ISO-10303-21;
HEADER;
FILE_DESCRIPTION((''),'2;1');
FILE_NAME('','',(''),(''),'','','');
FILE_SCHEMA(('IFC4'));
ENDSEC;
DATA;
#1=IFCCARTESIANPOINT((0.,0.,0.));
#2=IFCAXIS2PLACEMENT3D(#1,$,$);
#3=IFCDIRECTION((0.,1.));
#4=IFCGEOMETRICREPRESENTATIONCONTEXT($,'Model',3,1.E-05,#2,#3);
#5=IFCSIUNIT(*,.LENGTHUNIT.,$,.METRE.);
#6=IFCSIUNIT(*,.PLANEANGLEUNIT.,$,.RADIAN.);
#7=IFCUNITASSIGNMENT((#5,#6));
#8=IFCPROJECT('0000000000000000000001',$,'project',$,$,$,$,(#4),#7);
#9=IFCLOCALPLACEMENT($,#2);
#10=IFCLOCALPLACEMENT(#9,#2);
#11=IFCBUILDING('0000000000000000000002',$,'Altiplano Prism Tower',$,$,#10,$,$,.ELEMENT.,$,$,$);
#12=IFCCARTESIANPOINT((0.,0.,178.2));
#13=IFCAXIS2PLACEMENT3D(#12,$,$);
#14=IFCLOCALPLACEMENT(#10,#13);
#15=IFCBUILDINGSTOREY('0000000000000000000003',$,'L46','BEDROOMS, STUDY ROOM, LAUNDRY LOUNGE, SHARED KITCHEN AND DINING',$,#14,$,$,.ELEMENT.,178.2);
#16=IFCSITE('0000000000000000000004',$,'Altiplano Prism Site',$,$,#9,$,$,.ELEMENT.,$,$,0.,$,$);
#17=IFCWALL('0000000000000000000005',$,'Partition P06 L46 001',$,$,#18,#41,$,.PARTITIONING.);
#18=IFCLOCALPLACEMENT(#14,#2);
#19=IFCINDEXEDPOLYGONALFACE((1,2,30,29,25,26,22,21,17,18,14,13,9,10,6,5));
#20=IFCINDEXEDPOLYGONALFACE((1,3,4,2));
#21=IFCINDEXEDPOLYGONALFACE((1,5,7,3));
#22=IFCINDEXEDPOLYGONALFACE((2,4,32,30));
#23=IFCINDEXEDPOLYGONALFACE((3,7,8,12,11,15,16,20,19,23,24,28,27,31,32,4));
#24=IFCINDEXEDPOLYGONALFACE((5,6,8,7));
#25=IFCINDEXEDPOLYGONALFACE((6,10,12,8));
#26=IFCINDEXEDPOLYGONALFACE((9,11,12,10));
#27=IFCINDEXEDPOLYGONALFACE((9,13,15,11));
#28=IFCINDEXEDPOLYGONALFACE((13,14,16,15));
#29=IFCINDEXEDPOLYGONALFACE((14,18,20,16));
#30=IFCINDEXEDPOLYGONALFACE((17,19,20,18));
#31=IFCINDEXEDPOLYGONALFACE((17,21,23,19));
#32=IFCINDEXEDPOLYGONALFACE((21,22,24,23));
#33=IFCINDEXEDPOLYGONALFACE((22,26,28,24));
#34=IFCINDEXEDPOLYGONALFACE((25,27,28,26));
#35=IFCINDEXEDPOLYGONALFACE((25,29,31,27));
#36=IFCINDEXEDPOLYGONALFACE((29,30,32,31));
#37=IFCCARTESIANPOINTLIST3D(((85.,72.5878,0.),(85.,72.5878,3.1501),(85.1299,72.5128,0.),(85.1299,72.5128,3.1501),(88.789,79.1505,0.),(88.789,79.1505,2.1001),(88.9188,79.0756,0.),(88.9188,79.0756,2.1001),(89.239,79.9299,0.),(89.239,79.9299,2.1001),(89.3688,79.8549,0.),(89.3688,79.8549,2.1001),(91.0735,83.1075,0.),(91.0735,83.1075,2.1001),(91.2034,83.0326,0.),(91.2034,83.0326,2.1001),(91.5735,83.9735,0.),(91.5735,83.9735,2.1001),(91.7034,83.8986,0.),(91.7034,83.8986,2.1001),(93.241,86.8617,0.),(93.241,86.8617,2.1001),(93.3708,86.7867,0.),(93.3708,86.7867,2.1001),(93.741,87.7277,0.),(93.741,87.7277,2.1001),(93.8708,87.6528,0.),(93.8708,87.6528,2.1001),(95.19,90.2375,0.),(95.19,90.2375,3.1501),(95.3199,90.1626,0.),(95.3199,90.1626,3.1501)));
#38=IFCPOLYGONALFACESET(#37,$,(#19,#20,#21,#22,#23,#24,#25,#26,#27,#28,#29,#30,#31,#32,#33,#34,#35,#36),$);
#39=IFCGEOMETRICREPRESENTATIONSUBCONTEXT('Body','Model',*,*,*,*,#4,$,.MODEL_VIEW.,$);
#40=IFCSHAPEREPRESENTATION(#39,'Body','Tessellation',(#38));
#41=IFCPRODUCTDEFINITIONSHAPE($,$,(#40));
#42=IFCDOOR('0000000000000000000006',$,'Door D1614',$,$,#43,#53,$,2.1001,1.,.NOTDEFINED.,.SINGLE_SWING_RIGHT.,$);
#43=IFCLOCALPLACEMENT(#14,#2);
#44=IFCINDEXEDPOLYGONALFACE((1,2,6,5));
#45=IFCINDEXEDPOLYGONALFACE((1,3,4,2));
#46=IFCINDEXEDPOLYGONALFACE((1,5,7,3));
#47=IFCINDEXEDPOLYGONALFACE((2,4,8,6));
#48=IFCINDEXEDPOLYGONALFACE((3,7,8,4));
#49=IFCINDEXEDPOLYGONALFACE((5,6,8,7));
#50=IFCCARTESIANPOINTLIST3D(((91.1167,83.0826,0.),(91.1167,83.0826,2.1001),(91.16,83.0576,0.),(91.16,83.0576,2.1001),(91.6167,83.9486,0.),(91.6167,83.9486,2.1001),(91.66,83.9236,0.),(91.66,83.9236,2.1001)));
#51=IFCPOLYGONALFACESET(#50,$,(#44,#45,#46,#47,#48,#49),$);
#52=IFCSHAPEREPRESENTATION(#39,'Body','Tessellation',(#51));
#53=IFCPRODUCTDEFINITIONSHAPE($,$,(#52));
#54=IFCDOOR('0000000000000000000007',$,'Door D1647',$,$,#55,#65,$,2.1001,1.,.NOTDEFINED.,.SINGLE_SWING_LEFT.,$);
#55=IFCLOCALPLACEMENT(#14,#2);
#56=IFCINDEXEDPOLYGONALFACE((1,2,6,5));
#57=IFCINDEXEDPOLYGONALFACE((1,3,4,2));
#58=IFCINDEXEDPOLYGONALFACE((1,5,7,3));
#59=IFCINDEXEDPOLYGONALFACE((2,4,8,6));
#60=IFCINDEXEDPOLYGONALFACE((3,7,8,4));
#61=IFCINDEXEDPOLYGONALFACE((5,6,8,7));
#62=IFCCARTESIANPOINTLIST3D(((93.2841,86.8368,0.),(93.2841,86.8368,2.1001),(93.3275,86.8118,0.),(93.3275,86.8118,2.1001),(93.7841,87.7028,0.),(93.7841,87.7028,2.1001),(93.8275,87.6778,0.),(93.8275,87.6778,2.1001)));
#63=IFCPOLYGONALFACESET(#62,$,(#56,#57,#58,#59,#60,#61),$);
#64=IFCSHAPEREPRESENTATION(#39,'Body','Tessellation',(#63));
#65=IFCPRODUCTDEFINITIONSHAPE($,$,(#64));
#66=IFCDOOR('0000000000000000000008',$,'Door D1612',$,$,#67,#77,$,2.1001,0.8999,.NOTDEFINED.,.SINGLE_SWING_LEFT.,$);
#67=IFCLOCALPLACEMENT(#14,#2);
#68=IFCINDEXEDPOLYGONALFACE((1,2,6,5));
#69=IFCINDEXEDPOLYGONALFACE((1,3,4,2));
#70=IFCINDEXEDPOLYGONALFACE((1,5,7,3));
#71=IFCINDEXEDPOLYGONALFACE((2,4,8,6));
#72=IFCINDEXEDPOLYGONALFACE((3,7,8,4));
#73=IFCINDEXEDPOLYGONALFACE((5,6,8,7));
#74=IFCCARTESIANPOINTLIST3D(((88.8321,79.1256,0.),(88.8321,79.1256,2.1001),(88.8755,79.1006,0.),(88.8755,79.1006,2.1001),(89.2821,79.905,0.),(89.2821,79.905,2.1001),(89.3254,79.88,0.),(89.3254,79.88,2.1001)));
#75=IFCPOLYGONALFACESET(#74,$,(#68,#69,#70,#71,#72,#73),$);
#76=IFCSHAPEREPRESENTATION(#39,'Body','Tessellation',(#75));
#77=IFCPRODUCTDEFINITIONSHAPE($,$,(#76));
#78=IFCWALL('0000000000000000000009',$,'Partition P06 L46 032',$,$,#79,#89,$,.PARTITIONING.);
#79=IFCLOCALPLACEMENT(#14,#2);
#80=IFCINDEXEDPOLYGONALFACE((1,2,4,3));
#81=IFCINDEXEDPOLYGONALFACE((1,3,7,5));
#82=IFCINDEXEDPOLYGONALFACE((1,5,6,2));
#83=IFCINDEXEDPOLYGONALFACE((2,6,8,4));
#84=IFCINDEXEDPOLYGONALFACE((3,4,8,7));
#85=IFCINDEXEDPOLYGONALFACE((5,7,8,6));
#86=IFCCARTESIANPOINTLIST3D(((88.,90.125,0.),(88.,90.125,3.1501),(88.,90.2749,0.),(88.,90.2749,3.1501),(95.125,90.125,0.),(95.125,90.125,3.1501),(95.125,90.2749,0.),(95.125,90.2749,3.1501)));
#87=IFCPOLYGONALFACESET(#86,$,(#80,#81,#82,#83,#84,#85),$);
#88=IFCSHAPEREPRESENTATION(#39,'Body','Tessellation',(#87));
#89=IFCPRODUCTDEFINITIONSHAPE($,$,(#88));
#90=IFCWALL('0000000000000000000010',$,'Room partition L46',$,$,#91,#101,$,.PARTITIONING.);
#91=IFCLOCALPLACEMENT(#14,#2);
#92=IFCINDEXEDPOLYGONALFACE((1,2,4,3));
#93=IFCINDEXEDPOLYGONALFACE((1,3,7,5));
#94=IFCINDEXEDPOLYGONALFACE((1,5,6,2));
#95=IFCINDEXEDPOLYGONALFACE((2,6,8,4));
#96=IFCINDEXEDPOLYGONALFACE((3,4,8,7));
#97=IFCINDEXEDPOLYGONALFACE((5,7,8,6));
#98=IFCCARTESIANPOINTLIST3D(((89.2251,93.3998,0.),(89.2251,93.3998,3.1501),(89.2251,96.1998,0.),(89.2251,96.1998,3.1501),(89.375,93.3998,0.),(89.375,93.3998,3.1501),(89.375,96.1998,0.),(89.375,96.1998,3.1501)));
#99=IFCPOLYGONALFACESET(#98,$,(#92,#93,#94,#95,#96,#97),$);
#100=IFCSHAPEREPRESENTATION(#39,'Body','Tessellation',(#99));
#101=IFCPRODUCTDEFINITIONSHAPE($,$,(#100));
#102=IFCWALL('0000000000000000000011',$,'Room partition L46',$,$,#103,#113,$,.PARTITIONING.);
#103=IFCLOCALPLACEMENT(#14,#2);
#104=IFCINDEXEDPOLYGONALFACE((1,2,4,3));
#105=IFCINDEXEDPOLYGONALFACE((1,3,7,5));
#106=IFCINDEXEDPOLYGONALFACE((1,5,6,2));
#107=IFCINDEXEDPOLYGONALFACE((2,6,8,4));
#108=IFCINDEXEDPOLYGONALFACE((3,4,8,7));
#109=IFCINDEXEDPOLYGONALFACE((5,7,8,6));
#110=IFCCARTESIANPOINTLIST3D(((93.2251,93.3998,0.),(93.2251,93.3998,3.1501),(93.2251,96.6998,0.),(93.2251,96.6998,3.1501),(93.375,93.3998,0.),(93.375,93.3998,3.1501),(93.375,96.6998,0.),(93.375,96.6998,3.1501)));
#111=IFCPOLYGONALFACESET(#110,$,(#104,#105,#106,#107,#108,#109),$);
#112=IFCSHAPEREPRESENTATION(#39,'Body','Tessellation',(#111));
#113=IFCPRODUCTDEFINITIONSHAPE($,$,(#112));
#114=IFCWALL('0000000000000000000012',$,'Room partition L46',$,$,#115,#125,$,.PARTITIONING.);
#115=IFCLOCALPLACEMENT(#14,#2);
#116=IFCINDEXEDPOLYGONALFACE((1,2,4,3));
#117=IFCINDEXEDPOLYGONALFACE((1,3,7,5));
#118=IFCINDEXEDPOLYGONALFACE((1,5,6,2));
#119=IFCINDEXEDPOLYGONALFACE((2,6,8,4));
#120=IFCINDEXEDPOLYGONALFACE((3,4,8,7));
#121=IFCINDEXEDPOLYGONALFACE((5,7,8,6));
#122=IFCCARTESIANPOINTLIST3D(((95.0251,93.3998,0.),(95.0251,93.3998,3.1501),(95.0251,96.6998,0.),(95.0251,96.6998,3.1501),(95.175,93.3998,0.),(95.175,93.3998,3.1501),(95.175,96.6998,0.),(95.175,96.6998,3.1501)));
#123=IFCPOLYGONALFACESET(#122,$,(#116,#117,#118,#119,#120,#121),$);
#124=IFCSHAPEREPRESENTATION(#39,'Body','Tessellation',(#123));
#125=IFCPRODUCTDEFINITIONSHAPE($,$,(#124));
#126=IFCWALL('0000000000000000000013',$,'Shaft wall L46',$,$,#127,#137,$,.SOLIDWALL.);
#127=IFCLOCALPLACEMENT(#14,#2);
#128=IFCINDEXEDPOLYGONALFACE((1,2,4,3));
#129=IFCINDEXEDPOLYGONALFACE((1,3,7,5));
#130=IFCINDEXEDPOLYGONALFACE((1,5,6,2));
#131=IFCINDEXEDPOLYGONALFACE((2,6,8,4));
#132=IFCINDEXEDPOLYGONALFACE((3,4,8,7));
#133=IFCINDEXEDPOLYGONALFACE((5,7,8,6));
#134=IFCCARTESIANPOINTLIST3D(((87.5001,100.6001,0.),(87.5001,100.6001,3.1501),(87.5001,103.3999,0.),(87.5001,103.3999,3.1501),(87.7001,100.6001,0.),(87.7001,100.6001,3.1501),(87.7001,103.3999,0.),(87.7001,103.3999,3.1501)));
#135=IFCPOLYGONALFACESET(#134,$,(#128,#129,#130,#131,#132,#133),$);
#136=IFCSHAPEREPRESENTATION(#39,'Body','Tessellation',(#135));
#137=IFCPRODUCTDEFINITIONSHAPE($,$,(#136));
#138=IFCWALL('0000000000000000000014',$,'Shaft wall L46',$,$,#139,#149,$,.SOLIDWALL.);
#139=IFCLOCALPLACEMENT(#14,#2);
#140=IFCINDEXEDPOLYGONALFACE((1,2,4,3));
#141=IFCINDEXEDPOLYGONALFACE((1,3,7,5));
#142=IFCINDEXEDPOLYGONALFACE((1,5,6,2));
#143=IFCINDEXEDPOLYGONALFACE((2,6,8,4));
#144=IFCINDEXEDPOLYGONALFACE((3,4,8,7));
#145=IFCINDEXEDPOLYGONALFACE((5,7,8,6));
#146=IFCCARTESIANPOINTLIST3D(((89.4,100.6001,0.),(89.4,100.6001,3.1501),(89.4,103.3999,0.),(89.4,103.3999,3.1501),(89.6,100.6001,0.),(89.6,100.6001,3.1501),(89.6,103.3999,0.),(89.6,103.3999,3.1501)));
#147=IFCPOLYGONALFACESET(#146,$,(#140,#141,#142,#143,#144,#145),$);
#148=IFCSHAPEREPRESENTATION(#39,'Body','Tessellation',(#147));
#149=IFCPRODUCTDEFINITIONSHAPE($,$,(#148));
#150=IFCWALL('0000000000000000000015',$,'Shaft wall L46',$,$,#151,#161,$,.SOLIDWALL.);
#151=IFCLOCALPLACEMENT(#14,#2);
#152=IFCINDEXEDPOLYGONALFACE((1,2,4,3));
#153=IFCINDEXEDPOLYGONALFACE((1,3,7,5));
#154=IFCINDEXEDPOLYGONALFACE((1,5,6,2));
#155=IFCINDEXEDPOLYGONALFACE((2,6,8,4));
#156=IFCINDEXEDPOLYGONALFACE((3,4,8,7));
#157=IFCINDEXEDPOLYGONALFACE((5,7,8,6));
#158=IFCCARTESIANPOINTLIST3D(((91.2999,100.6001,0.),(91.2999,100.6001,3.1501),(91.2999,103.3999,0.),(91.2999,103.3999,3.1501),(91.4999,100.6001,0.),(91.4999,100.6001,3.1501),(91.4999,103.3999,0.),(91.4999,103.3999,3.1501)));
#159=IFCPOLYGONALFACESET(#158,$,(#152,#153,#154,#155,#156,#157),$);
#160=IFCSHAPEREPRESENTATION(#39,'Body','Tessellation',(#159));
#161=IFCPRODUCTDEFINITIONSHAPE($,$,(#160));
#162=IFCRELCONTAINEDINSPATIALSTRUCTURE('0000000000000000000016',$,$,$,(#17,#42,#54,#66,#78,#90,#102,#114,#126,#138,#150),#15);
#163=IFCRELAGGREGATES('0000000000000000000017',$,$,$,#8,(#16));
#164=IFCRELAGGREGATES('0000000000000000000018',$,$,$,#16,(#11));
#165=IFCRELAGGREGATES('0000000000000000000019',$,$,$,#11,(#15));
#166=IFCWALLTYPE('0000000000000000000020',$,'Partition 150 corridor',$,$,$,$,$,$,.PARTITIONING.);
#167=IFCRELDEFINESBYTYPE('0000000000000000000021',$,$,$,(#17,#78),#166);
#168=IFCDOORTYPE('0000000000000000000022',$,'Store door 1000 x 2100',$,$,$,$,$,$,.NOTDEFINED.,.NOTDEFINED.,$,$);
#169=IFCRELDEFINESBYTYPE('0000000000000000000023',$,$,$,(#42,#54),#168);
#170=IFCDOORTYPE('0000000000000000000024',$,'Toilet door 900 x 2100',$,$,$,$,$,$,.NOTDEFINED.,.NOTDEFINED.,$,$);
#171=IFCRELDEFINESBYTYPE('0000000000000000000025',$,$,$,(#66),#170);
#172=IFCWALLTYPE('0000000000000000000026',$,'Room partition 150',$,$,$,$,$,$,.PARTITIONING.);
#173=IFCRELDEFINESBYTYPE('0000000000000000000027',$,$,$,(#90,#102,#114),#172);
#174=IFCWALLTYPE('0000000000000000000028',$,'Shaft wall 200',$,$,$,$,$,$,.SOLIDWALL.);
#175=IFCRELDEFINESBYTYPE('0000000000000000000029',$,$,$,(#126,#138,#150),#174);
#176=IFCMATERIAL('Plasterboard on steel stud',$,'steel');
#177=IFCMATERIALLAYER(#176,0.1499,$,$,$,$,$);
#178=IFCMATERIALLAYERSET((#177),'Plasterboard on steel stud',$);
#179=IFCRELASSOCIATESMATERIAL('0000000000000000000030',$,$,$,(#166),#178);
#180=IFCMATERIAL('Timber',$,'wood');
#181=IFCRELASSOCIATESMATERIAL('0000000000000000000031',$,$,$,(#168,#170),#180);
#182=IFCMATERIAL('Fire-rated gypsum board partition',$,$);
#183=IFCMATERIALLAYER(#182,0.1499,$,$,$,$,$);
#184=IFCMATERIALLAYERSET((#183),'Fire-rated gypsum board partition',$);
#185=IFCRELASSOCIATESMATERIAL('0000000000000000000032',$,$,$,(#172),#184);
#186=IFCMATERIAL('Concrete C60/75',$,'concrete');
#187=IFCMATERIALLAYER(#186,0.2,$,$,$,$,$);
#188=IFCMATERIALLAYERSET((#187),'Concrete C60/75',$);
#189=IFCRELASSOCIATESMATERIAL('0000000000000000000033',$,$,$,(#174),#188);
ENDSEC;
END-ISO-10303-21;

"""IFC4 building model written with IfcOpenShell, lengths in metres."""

from ifc_helpers import new_model, si_unit, direction, frame, frame_2d, origin, place, context, subcontext, project, spatial, rectangle, extrude, material, layer, layer_set, type_object, element, fill, save


model = new_model("IFC4")

# Units and contexts
model_context = context("Model", 3, precision=1e-05, world=origin(), true_north=direction((0.0, 1.0)))
body_context = subcontext(model_context, "Body", "Model", "MODEL_VIEW")
ifc_project = project(units=[si_unit("LENGTHUNIT", "METRE"), si_unit("PLANEANGLEUNIT", "RADIAN")], contexts=[model_context])

# Site, building, storey
site_placement = place(None, origin())
site = spatial("IfcSite", under=ifc_project, at=site_placement, Name="Altiplano Prism Site", CompositionType="ELEMENT", RefElevation=0.0)
building_placement = place(site_placement, origin())
building = spatial("IfcBuilding", under=site, at=building_placement, Name="Altiplano Prism Tower", CompositionType="ELEMENT")
storey_placement = place(building_placement, frame((0.0, 0.0, 178.2)))
storey = spatial("IfcBuildingStorey", under=building, at=storey_placement, Name="L46", Description="BEDROOMS, STUDY ROOM, LAUNDRY LOUNGE, SHARED KITCHEN AND DINING", CompositionType="ELEMENT", Elevation=178.2)

# Wall, openings, doors
ifc_material_1 = material(Name="Plasterboard on steel stud", Category="steel")
ifc_layer_1 = layer(ifc_material_1, 0.1499)
ifc_layer_set_1 = layer_set([ifc_layer_1], Name="Plasterboard on steel stud")
wall_type_1 = type_object("IfcWallType", Name="Partition 150 corridor", PredefinedType="PARTITIONING", material=ifc_layer_set_1)
wall_1_placement = place(storey_placement, frame((95.2549, 90.2, 0.0), z_axis=(0.0, 0.0, 1.0), x_axis=(-0.499997, -0.866027, 0.0)))
wall_1 = element("IfcWall", 1, at=wall_1_placement, inside=storey, type_object=wall_type_1, Name="Partition P06 L46 001", PredefinedType="PARTITIONING", context=body_context, shape_type="SweptSolid", body=[
    extrude(rectangle(XDim=20.3801, YDim=0.1499, at=frame_2d((10.1899, 0.0))), origin(), (0.0, 0.0, 1.0), 3.1501),
])
opening_1_placement = place(wall_1_placement, frame((11.9021, 0.0, 0.0)))
opening_1 = element("IfcOpeningElement", 2, at=opening_1_placement, cuts=wall_1, PredefinedType="OPENING", context=body_context, shape_type="SweptSolid", body=[
    extrude(rectangle(XDim=0.8999, YDim=2.1001, at=frame_2d((0.45, 1.05))), frame((0.0, 0.0854, 0.0), z_axis=(0.0, -1.0, 0.0), x_axis=(1.0, 0.0, 0.0)), (0.0, 0.0, 1.0), 0.1709),
])
opening_2_placement = place(wall_1_placement, frame((7.2329, 0.0, 0.0)))
opening_2 = element("IfcOpeningElement", 3, at=opening_2_placement, cuts=wall_1, PredefinedType="OPENING", context=body_context, shape_type="SweptSolid", body=[
    extrude(rectangle(XDim=1.0, YDim=2.1001, at=frame_2d((0.5, 1.05))), frame((0.0, 0.0854, 0.0), z_axis=(0.0, -1.0, 0.0), x_axis=(1.0, 0.0, 0.0)), (0.0, 0.0, 1.0), 0.1709),
])
opening_3_placement = place(wall_1_placement, frame((2.8979, 0.0, 0.0)))
opening_3 = element("IfcOpeningElement", 4, at=opening_3_placement, cuts=wall_1, PredefinedType="OPENING", context=body_context, shape_type="SweptSolid", body=[
    extrude(rectangle(XDim=1.0, YDim=2.1001, at=frame_2d((0.5, 1.05))), frame((0.0, 0.0854, 0.0), z_axis=(0.0, -1.0, 0.0), x_axis=(1.0, 0.0, 0.0)), (0.0, 0.0, 1.0), 0.1709),
])
ifc_material_2 = material(Name="Timber", Category="wood")
door_type_1 = type_object("IfcDoorType", Name="Store door 1000 x 2100", OperationType="NOTDEFINED", PredefinedType="NOTDEFINED", material=ifc_material_2)
door_1_placement = place(opening_2_placement, origin())
door_1 = element("IfcDoor", 5, at=door_1_placement, inside=storey, type_object=door_type_1, Name="Door D1614", OperationType="SINGLE_SWING_RIGHT", OverallHeight=2.1001, OverallWidth=1.0, PredefinedType="NOTDEFINED", context=body_context, shape_type="SweptSolid", body=[
    extrude(rectangle(XDim=1.0, YDim=2.1001, at=frame_2d((0.5, 1.05))), frame((0.0, 0.0249, 0.0), z_axis=(0.0, -1.0, 0.0), x_axis=(1.0, 0.0, 0.0)), (0.0, 0.0, 1.0), 0.05),
])
fill(opening_2, door_1)
door_2_placement = place(opening_3_placement, origin())
door_2 = element("IfcDoor", 6, at=door_2_placement, inside=storey, type_object=door_type_1, Name="Door D1647", OperationType="SINGLE_SWING_LEFT", OverallHeight=2.1001, OverallWidth=1.0, PredefinedType="NOTDEFINED", context=body_context, shape_type="SweptSolid", body=[
    extrude(rectangle(XDim=1.0, YDim=2.1001, at=frame_2d((0.5, 1.05))), frame((0.0, 0.0249, 0.0), z_axis=(0.0, -1.0, 0.0), x_axis=(1.0, 0.0, 0.0)), (0.0, 0.0, 1.0), 0.05),
])
fill(opening_3, door_2)
door_type_2 = type_object("IfcDoorType", Name="Toilet door 900 x 2100", OperationType="NOTDEFINED", PredefinedType="NOTDEFINED", material=ifc_material_2)
door_3_placement = place(opening_1_placement, origin())
door_3 = element("IfcDoor", 7, at=door_3_placement, inside=storey, type_object=door_type_2, Name="Door D1612", OperationType="SINGLE_SWING_LEFT", OverallHeight=2.1001, OverallWidth=0.8999, PredefinedType="NOTDEFINED", context=body_context, shape_type="SweptSolid", body=[
    extrude(rectangle(XDim=0.8999, YDim=2.1001, at=frame_2d((0.45, 1.05))), frame((0.0, 0.0249, 0.0), z_axis=(0.0, -1.0, 0.0), x_axis=(1.0, 0.0, 0.0)), (0.0, 0.0, 1.0), 0.05),
])
fill(opening_1, door_3)

# Walls
wall_2_placement = place(storey_placement, frame((88.0, 90.2, 0.0), z_axis=(0.0, 0.0, 1.0), x_axis=(1.0, 0.0, 0.0)))
element("IfcWall", 8, at=wall_2_placement, inside=storey, type_object=wall_type_1, Name="Partition P06 L46 032", PredefinedType="PARTITIONING", context=body_context, shape_type="SweptSolid", body=[
    extrude(rectangle(XDim=7.125, YDim=0.1499, at=frame_2d((3.5625, 0.0))), origin(), (0.0, 0.0, 1.0), 3.1501),
])
ifc_material_3 = material(Name="Fire-rated gypsum board partition")
ifc_layer_2 = layer(ifc_material_3, 0.1499)
ifc_layer_set_2 = layer_set([ifc_layer_2], Name="Fire-rated gypsum board partition")
wall_type_2 = type_object("IfcWallType", Name="Room partition 150", PredefinedType="PARTITIONING", material=ifc_layer_set_2)
wall_3_placement = place(storey_placement, frame((89.3, 93.3999, 0.0), z_axis=(0.0, 0.0, 1.0), x_axis=(0.0, 1.0, 0.0)))
element("IfcWall", 9, at=wall_3_placement, inside=storey, type_object=wall_type_2, Name="Room partition L46", PredefinedType="PARTITIONING", context=body_context, shape_type="SweptSolid", body=[
    extrude(rectangle(XDim=2.8, YDim=0.1499, at=frame_2d((1.3999, 0.0))), origin(), (0.0, 0.0, 1.0), 3.1501),
])
for number, where, z_axis, x_axis, name in (
    (10, (93.3, 93.3999, 0.0), (0.0, 0.0, 1.0), (0.0, 1.0, 0.0), "Room partition L46"),
    (11, (95.1001, 93.3999, 0.0), (0.0, 0.0, 1.0), (0.0, 1.0, 0.0), "Room partition L46"),
):
    element("IfcWall", number, at=place(storey_placement, frame(where, z_axis=z_axis, x_axis=x_axis)), inside=storey, type_object=wall_type_2, Name=name, PredefinedType="PARTITIONING", context=body_context, shape_type="SweptSolid", body=[
        extrude(rectangle(XDim=3.3, YDim=0.1499, at=frame_2d((1.6499, 0.0))), origin(), (0.0, 0.0, 1.0), 3.1501),
    ])
ifc_material_4 = material(Name="Concrete C60/75", Category="concrete")
ifc_layer_3 = layer(ifc_material_4, 0.2)
ifc_layer_set_3 = layer_set([ifc_layer_3], Name="Concrete C60/75")
wall_type_3 = type_object("IfcWallType", Name="Shaft wall 200", PredefinedType="SOLIDWALL", material=ifc_layer_set_3)
for number, where, z_axis, x_axis, name in (
    (12, (87.6001, 100.6001, 0.0), (0.0, 0.0, 1.0), (0.0, 1.0, 0.0), "Shaft wall L46"),
    (13, (89.5, 100.6001, 0.0), (0.0, 0.0, 1.0), (0.0, 1.0, 0.0), "Shaft wall L46"),
    (14, (91.3999, 100.6001, 0.0), (0.0, 0.0, 1.0), (0.0, 1.0, 0.0), "Shaft wall L46"),
):
    element("IfcWall", number, at=place(storey_placement, frame(where, z_axis=z_axis, x_axis=x_axis)), inside=storey, type_object=wall_type_3, Name=name, PredefinedType="SOLIDWALL", context=body_context, shape_type="SweptSolid", body=[
        extrude(rectangle(XDim=2.7998, YDim=0.2, at=frame_2d((1.3999, 0.0))), origin(), (0.0, 0.0, 1.0), 3.1501),
    ])

save(model, "model.ifc")
